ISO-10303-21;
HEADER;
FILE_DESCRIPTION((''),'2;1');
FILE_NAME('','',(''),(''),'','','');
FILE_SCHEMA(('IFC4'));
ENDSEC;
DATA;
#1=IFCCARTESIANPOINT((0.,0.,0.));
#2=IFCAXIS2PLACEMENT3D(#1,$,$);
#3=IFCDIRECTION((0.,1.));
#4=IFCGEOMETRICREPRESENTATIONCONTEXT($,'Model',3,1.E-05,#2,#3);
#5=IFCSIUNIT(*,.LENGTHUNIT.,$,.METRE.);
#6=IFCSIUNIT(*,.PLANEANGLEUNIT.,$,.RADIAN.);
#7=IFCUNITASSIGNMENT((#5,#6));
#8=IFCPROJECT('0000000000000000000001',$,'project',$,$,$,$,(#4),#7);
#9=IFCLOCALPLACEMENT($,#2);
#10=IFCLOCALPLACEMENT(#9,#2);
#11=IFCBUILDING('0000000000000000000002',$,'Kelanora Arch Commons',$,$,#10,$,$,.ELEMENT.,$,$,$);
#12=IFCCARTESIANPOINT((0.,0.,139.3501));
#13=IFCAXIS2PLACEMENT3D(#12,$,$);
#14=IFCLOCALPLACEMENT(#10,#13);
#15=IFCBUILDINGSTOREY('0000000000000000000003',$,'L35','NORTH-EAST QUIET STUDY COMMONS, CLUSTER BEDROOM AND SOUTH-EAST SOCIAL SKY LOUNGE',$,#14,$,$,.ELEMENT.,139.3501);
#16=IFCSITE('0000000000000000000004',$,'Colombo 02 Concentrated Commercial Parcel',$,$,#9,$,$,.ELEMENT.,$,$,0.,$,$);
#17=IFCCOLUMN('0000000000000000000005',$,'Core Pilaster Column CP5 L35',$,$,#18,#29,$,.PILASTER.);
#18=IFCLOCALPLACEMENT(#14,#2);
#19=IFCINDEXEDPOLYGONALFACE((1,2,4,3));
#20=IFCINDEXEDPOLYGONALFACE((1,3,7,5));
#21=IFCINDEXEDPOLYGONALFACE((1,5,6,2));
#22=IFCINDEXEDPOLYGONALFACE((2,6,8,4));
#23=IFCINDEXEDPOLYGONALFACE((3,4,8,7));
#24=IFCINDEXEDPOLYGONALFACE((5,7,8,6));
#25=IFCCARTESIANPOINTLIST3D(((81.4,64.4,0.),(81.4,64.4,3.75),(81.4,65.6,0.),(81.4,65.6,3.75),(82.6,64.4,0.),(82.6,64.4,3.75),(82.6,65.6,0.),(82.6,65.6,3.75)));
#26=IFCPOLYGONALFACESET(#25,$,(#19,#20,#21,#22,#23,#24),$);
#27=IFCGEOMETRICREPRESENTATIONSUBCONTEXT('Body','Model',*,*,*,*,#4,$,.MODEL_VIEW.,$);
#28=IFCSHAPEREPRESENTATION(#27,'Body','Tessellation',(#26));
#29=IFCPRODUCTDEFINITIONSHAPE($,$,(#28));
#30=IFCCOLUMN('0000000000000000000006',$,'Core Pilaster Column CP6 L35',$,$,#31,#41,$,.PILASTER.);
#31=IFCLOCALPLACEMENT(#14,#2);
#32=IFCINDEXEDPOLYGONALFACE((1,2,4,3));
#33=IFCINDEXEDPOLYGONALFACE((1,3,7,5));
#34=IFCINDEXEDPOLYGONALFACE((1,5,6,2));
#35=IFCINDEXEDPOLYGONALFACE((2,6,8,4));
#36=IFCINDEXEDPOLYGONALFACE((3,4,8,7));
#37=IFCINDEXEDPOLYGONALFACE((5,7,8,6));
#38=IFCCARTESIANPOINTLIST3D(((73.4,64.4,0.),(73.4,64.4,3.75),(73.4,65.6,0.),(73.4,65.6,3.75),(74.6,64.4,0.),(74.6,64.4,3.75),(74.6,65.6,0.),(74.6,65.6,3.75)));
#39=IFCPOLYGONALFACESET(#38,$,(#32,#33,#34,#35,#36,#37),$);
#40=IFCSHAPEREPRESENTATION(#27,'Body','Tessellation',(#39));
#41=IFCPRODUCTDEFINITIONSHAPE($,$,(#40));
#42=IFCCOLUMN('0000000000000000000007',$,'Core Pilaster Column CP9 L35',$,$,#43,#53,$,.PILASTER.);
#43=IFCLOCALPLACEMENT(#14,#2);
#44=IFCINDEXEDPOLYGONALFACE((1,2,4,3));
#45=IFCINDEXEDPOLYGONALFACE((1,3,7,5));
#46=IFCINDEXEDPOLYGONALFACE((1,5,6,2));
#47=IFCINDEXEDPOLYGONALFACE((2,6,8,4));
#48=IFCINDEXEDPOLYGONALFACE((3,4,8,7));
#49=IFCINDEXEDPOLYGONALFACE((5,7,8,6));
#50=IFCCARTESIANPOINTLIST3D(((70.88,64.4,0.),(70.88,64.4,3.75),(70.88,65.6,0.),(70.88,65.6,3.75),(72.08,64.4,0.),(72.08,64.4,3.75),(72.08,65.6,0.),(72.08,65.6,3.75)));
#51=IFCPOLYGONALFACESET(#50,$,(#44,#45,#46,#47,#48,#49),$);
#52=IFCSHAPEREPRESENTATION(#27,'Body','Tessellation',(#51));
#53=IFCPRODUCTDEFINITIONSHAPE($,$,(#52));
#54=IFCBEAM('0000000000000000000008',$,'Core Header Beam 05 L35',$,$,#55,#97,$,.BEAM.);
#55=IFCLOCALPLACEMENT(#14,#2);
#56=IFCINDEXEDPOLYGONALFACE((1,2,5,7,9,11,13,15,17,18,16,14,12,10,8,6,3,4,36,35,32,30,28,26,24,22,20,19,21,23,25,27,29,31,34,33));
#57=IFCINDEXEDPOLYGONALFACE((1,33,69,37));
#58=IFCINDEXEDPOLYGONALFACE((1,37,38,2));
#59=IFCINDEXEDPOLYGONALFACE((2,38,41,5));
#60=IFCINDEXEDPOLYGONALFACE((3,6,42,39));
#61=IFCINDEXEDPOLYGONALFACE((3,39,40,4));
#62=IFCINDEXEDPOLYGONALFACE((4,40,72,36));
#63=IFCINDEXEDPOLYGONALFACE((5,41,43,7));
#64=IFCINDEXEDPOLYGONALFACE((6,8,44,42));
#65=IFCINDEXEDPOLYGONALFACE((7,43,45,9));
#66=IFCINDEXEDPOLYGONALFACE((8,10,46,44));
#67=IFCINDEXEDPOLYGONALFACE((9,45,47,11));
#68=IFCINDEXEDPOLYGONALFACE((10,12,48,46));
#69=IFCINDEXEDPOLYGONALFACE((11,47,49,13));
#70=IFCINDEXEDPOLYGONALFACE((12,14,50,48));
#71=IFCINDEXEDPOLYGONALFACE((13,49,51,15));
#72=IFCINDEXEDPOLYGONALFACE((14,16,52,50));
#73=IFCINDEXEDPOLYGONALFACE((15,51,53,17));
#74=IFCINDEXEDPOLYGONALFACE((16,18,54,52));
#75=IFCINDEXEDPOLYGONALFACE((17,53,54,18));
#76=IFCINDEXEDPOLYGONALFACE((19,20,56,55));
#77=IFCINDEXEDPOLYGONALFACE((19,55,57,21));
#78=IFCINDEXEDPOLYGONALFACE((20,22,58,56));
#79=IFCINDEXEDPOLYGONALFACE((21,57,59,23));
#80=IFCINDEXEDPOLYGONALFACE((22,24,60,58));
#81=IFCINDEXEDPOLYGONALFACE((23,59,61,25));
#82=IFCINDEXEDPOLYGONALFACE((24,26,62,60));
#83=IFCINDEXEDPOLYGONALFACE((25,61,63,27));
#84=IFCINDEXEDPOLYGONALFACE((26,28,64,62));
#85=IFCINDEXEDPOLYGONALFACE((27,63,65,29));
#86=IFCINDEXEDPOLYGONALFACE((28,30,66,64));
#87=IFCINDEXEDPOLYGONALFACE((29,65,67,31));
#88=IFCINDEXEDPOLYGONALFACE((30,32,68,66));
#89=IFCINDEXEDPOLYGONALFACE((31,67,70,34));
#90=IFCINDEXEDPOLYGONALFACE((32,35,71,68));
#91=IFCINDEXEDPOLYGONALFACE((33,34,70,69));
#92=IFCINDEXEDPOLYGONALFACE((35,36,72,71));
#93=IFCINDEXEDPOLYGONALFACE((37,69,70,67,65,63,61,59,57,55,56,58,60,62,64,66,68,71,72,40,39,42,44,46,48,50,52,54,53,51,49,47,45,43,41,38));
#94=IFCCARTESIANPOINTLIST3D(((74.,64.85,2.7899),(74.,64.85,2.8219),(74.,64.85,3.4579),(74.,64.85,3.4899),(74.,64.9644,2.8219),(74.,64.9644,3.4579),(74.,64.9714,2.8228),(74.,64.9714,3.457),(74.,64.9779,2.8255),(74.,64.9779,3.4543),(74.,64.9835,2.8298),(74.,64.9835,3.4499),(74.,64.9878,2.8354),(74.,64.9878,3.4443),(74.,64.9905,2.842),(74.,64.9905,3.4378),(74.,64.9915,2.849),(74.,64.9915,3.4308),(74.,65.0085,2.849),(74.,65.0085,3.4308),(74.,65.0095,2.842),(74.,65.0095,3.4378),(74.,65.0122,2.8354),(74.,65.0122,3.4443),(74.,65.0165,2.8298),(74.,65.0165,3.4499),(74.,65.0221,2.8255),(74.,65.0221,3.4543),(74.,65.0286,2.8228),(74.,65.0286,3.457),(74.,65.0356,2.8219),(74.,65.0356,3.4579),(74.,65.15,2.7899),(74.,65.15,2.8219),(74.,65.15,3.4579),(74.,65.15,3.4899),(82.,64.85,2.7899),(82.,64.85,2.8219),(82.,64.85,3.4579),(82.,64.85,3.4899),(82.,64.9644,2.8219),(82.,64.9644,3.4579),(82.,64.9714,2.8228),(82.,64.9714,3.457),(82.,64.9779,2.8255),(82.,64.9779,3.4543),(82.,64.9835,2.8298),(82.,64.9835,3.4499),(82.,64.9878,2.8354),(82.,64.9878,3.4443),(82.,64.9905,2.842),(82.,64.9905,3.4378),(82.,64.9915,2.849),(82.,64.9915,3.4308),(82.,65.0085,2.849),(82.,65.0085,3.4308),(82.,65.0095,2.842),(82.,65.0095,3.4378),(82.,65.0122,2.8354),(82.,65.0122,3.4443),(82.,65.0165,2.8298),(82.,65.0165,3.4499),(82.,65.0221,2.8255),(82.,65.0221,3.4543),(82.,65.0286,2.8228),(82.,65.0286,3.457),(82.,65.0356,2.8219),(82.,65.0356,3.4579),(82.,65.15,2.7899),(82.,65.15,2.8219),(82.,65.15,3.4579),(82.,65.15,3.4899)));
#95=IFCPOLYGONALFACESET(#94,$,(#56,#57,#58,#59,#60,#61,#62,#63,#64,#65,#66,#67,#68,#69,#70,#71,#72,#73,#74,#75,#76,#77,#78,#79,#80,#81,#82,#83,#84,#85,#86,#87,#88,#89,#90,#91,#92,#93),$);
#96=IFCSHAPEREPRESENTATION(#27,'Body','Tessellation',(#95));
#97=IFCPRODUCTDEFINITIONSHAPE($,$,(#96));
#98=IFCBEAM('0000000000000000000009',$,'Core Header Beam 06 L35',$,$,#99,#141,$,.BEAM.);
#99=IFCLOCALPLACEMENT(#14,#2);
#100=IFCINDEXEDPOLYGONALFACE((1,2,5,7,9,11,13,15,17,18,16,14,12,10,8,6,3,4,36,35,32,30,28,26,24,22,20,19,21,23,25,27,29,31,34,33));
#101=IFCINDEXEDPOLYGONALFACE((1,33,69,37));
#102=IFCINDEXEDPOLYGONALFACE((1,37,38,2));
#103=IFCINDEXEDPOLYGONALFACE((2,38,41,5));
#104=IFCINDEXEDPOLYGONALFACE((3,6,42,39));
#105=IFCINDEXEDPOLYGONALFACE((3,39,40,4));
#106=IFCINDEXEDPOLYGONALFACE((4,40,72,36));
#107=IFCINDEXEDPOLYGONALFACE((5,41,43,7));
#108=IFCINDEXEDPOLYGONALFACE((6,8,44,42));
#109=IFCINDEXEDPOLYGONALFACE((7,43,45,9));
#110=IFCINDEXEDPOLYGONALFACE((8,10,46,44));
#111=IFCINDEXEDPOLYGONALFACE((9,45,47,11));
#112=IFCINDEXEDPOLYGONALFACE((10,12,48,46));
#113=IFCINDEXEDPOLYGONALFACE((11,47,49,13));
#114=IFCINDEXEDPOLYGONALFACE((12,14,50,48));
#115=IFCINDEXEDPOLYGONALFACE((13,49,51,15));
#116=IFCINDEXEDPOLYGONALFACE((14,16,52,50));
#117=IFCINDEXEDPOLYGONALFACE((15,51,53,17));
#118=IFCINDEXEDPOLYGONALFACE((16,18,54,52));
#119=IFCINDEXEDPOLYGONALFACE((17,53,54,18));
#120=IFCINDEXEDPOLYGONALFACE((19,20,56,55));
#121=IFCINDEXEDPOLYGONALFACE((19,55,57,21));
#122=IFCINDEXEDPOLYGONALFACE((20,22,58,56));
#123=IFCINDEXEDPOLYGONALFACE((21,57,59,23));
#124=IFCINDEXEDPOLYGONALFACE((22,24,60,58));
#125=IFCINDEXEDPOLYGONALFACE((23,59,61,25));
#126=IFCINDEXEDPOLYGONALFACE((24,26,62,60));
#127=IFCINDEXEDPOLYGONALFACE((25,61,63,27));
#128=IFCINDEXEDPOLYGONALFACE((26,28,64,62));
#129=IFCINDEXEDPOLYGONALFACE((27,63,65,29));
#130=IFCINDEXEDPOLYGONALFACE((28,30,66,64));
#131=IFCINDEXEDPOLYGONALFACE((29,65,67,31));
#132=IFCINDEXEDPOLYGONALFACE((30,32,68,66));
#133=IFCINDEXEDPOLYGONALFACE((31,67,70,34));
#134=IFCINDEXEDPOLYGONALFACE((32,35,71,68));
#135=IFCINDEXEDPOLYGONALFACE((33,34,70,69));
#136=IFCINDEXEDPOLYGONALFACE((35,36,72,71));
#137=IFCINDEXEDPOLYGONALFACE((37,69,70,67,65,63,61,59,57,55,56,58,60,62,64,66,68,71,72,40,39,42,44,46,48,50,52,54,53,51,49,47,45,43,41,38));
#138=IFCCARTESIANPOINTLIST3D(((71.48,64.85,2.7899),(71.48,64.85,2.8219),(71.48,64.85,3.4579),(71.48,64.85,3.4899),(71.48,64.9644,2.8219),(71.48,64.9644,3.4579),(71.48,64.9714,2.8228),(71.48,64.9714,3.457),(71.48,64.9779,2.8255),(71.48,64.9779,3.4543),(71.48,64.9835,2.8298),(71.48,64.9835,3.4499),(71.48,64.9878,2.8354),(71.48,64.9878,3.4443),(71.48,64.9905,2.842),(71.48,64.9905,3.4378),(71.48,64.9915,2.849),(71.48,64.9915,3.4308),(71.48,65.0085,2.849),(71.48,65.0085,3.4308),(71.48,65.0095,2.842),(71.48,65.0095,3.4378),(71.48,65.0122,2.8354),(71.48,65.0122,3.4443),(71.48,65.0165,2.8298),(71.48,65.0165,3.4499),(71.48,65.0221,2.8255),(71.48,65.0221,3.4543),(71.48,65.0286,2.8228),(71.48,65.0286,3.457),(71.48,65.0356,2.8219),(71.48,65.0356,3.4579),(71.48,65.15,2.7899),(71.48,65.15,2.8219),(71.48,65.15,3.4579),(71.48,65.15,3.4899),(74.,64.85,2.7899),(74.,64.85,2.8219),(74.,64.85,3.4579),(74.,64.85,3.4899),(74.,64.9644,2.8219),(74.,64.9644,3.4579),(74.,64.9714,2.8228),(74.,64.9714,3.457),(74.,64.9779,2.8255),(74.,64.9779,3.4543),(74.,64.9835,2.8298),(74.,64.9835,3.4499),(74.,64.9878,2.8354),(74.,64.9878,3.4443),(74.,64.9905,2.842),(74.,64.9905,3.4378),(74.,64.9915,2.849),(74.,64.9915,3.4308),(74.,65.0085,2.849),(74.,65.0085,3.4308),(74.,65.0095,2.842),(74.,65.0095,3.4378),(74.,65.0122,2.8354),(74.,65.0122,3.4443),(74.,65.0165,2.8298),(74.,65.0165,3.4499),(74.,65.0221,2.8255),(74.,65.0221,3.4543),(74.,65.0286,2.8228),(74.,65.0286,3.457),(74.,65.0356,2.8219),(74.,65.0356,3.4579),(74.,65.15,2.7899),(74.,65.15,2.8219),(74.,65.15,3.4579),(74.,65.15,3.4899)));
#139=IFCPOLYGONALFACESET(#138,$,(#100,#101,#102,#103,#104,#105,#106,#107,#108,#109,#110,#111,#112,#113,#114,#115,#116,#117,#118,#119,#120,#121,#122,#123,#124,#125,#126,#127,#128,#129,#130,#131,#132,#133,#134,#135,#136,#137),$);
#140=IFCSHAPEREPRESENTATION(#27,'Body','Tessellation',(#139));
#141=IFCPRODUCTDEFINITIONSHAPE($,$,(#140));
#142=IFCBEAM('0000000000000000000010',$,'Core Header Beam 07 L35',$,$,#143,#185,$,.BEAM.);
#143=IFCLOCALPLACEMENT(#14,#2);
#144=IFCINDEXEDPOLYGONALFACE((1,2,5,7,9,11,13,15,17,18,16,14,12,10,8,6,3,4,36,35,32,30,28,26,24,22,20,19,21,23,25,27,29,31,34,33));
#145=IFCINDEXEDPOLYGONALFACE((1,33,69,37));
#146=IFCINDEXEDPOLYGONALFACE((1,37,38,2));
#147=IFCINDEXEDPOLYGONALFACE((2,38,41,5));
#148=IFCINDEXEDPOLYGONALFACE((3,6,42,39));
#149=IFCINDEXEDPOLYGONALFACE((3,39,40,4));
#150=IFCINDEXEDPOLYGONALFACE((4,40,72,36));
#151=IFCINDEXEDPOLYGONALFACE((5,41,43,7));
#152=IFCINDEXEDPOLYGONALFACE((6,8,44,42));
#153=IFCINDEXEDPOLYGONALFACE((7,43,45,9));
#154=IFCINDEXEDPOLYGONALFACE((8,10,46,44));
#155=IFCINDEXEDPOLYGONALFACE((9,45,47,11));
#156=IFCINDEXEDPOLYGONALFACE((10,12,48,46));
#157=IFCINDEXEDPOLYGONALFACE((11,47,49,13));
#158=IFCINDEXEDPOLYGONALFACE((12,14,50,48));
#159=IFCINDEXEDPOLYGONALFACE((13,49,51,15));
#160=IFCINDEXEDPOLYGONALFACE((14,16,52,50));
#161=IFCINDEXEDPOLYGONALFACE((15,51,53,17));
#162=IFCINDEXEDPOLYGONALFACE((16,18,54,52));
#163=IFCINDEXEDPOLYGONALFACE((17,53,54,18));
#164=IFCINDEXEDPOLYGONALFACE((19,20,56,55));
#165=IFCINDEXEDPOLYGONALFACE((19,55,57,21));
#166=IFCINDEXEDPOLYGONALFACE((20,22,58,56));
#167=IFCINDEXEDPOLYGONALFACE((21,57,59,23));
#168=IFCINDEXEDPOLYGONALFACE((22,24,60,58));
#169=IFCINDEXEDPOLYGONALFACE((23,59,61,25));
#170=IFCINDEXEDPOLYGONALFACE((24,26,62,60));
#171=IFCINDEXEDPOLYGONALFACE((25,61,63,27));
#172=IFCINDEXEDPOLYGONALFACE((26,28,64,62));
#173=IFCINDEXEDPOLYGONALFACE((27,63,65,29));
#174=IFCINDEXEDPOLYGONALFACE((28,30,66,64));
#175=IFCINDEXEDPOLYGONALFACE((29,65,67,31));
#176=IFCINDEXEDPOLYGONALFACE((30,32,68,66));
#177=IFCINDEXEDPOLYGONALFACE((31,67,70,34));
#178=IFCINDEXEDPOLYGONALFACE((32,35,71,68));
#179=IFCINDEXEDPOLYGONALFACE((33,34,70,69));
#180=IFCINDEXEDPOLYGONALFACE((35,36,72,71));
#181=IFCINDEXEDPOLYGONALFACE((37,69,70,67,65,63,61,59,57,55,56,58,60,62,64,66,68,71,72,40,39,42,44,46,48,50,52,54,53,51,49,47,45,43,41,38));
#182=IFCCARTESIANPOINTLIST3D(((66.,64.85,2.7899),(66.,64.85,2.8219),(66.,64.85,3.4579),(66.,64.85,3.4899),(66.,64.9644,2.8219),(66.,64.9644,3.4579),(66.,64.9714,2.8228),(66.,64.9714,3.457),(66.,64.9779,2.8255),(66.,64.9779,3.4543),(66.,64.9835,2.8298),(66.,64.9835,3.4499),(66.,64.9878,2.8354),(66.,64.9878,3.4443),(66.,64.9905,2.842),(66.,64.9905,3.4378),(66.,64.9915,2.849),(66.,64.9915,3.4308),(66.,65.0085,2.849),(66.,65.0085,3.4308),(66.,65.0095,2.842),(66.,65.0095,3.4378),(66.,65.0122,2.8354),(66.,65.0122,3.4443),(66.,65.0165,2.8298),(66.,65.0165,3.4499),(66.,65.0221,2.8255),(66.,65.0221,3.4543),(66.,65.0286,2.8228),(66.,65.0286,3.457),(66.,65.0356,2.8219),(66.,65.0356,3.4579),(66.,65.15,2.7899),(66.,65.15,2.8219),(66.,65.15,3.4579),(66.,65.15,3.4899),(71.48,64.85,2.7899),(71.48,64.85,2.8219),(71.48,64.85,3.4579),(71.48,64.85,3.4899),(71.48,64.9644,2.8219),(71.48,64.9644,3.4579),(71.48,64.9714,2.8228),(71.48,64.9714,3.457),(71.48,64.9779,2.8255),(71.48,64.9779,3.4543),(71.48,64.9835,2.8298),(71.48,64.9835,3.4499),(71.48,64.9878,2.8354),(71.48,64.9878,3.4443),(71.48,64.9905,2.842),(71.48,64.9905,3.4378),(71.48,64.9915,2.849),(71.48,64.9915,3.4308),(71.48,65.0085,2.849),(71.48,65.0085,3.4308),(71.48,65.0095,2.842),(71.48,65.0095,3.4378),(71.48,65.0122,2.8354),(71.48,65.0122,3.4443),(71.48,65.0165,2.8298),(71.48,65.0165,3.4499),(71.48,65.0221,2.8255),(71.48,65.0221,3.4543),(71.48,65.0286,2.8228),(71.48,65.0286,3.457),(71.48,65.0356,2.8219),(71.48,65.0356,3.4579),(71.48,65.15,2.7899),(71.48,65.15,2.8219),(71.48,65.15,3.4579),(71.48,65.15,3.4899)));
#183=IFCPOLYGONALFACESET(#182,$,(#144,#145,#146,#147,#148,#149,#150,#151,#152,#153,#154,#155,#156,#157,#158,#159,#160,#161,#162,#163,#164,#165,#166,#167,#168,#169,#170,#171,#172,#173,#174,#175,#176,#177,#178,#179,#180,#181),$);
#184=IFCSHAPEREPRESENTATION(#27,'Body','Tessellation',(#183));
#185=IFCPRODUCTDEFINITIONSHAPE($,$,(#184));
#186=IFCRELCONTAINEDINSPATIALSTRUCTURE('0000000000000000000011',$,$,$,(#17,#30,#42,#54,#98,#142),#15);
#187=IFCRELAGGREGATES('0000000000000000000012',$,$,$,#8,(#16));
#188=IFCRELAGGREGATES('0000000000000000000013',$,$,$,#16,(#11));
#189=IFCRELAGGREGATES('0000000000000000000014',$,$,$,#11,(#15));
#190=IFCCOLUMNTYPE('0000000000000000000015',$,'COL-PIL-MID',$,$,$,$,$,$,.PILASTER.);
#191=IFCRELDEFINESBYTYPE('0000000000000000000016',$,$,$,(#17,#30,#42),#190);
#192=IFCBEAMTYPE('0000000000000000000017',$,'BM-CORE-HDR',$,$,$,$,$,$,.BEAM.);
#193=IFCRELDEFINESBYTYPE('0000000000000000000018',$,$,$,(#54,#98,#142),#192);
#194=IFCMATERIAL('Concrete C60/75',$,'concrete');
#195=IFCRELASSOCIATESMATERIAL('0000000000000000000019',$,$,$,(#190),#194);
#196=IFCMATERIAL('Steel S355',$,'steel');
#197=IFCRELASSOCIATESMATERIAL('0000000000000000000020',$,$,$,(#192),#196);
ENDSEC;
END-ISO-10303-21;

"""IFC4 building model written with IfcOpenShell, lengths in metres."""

from ifc_helpers import new_model, si_unit, direction, frame, origin, origin_2d, place, context, subcontext, project, spatial, rectangle, i_section, extrude, material, material_profile, profile_set, type_object, element, save


model = new_model("IFC4")

# Units and contexts
model_context = context("Model", 3, precision=1e-05, world=origin(), true_north=direction((0.0, 1.0)))
body_context = subcontext(model_context, "Body", "Model", "MODEL_VIEW")
ifc_project = project(units=[si_unit("LENGTHUNIT", "METRE"), si_unit("PLANEANGLEUNIT", "RADIAN")], contexts=[model_context])

# Site, building, storey
site_placement = place(None, origin())
site = spatial("IfcSite", under=ifc_project, at=site_placement, Name="Colombo 02 Concentrated Commercial Parcel", CompositionType="ELEMENT", RefElevation=0.0)
building_placement = place(site_placement, origin())
building = spatial("IfcBuilding", under=site, at=building_placement, Name="Kelanora Arch Commons", CompositionType="ELEMENT")
storey_placement = place(building_placement, frame((0.0, 0.0, 139.3501)))
storey = spatial("IfcBuildingStorey", under=building, at=storey_placement, Name="L35", Description="NORTH-EAST QUIET STUDY COMMONS, CLUSTER BEDROOM AND SOUTH-EAST SOCIAL SKY LOUNGE", CompositionType="ELEMENT", Elevation=139.3501)

# Columns
ifc_material_1 = material(Name="Concrete C60/75", Category="concrete")
ifc_material_profile_1 = material_profile(ifc_material_1, rectangle(XDim=1.2, YDim=1.2, at=origin_2d()), Name="RC1200x1200")
ifc_profile_set_1 = profile_set([ifc_material_profile_1], Name="Concrete C60/75")
column_type = type_object("IfcColumnType", Name="COL-PIL-MID", PredefinedType="PILASTER", material=ifc_profile_set_1)
for number, where, z_axis, x_axis, name in (
    (1, (82.0, 65.0, 0.0), (0.0, 0.0, 1.0), (1.0, 0.0, 0.0), "Core Pilaster Column CP5 L35"),
    (2, (74.0, 65.0, 0.0), (0.0, 0.0, 1.0), (1.0, 0.0, 0.0), "Core Pilaster Column CP6 L35"),
    (3, (71.48, 65.0, 0.0), (0.0, 0.0, 1.0), (1.0, 0.0, 0.0), "Core Pilaster Column CP9 L35"),
):
    element("IfcColumn", number, at=place(storey_placement, frame(where, z_axis=z_axis, x_axis=x_axis)), inside=storey, type_object=column_type, Name=name, PredefinedType="PILASTER", context=body_context, shape_type="SweptSolid", body=[
        extrude(rectangle(XDim=1.2, YDim=1.2, at=origin_2d()), origin(), (0.0, 0.0, 1.0), 3.75),
    ])

# Beams
ifc_material_2 = material(Name="Steel S355", Category="steel")
ifc_material_profile_2 = material_profile(ifc_material_2, i_section(OverallWidth=0.3, OverallDepth=0.7, WebThickness=0.0171, FlangeThickness=0.032, FilletRadius=0.0271, at=origin_2d()), Name="HEB700")
ifc_profile_set_2 = profile_set([ifc_material_profile_2], Name="Steel S355")
beam_type_1 = type_object("IfcBeamType", Name="BM-CORE-HDR", PredefinedType="BEAM", material=ifc_profile_set_2)
beam_1_placement = place(storey_placement, frame((82.0, 65.0, 3.1399), z_axis=(-1.0, 0.0, 0.0), x_axis=(0.0, -1.0, 0.0)))
element("IfcBeam", 4, at=beam_1_placement, inside=storey, type_object=beam_type_1, Name="Core Header Beam 05 L35", PredefinedType="BEAM", context=body_context, shape_type="SweptSolid", body=[
    extrude(i_section(OverallWidth=0.3, OverallDepth=0.7, WebThickness=0.0171, FlangeThickness=0.032, FilletRadius=0.0271, at=origin_2d()), origin(), (0.0, 0.0, 1.0), 8.0),
])
beam_2_placement = place(storey_placement, frame((74.0, 65.0, 3.1399), z_axis=(-1.0, 0.0, 0.0), x_axis=(0.0, -1.0, 0.0)))
element("IfcBeam", 5, at=beam_2_placement, inside=storey, type_object=beam_type_1, Name="Core Header Beam 06 L35", PredefinedType="BEAM", context=body_context, shape_type="SweptSolid", body=[
    extrude(i_section(OverallWidth=0.3, OverallDepth=0.7, WebThickness=0.0171, FlangeThickness=0.032, FilletRadius=0.0271, at=origin_2d()), origin(), (0.0, 0.0, 1.0), 2.52),
])
beam_3_placement = place(storey_placement, frame((71.48, 65.0, 3.1399), z_axis=(-1.0, 0.0, 0.0), x_axis=(0.0, -1.0, 0.0)))
element("IfcBeam", 6, at=beam_3_placement, inside=storey, type_object=beam_type_1, Name="Core Header Beam 07 L35", PredefinedType="BEAM", context=body_context, shape_type="SweptSolid", body=[
    extrude(i_section(OverallWidth=0.3, OverallDepth=0.7, WebThickness=0.0171, FlangeThickness=0.032, FilletRadius=0.0271, at=origin_2d()), origin(), (0.0, 0.0, 1.0), 5.48),
])

save(model, "model.ifc")
